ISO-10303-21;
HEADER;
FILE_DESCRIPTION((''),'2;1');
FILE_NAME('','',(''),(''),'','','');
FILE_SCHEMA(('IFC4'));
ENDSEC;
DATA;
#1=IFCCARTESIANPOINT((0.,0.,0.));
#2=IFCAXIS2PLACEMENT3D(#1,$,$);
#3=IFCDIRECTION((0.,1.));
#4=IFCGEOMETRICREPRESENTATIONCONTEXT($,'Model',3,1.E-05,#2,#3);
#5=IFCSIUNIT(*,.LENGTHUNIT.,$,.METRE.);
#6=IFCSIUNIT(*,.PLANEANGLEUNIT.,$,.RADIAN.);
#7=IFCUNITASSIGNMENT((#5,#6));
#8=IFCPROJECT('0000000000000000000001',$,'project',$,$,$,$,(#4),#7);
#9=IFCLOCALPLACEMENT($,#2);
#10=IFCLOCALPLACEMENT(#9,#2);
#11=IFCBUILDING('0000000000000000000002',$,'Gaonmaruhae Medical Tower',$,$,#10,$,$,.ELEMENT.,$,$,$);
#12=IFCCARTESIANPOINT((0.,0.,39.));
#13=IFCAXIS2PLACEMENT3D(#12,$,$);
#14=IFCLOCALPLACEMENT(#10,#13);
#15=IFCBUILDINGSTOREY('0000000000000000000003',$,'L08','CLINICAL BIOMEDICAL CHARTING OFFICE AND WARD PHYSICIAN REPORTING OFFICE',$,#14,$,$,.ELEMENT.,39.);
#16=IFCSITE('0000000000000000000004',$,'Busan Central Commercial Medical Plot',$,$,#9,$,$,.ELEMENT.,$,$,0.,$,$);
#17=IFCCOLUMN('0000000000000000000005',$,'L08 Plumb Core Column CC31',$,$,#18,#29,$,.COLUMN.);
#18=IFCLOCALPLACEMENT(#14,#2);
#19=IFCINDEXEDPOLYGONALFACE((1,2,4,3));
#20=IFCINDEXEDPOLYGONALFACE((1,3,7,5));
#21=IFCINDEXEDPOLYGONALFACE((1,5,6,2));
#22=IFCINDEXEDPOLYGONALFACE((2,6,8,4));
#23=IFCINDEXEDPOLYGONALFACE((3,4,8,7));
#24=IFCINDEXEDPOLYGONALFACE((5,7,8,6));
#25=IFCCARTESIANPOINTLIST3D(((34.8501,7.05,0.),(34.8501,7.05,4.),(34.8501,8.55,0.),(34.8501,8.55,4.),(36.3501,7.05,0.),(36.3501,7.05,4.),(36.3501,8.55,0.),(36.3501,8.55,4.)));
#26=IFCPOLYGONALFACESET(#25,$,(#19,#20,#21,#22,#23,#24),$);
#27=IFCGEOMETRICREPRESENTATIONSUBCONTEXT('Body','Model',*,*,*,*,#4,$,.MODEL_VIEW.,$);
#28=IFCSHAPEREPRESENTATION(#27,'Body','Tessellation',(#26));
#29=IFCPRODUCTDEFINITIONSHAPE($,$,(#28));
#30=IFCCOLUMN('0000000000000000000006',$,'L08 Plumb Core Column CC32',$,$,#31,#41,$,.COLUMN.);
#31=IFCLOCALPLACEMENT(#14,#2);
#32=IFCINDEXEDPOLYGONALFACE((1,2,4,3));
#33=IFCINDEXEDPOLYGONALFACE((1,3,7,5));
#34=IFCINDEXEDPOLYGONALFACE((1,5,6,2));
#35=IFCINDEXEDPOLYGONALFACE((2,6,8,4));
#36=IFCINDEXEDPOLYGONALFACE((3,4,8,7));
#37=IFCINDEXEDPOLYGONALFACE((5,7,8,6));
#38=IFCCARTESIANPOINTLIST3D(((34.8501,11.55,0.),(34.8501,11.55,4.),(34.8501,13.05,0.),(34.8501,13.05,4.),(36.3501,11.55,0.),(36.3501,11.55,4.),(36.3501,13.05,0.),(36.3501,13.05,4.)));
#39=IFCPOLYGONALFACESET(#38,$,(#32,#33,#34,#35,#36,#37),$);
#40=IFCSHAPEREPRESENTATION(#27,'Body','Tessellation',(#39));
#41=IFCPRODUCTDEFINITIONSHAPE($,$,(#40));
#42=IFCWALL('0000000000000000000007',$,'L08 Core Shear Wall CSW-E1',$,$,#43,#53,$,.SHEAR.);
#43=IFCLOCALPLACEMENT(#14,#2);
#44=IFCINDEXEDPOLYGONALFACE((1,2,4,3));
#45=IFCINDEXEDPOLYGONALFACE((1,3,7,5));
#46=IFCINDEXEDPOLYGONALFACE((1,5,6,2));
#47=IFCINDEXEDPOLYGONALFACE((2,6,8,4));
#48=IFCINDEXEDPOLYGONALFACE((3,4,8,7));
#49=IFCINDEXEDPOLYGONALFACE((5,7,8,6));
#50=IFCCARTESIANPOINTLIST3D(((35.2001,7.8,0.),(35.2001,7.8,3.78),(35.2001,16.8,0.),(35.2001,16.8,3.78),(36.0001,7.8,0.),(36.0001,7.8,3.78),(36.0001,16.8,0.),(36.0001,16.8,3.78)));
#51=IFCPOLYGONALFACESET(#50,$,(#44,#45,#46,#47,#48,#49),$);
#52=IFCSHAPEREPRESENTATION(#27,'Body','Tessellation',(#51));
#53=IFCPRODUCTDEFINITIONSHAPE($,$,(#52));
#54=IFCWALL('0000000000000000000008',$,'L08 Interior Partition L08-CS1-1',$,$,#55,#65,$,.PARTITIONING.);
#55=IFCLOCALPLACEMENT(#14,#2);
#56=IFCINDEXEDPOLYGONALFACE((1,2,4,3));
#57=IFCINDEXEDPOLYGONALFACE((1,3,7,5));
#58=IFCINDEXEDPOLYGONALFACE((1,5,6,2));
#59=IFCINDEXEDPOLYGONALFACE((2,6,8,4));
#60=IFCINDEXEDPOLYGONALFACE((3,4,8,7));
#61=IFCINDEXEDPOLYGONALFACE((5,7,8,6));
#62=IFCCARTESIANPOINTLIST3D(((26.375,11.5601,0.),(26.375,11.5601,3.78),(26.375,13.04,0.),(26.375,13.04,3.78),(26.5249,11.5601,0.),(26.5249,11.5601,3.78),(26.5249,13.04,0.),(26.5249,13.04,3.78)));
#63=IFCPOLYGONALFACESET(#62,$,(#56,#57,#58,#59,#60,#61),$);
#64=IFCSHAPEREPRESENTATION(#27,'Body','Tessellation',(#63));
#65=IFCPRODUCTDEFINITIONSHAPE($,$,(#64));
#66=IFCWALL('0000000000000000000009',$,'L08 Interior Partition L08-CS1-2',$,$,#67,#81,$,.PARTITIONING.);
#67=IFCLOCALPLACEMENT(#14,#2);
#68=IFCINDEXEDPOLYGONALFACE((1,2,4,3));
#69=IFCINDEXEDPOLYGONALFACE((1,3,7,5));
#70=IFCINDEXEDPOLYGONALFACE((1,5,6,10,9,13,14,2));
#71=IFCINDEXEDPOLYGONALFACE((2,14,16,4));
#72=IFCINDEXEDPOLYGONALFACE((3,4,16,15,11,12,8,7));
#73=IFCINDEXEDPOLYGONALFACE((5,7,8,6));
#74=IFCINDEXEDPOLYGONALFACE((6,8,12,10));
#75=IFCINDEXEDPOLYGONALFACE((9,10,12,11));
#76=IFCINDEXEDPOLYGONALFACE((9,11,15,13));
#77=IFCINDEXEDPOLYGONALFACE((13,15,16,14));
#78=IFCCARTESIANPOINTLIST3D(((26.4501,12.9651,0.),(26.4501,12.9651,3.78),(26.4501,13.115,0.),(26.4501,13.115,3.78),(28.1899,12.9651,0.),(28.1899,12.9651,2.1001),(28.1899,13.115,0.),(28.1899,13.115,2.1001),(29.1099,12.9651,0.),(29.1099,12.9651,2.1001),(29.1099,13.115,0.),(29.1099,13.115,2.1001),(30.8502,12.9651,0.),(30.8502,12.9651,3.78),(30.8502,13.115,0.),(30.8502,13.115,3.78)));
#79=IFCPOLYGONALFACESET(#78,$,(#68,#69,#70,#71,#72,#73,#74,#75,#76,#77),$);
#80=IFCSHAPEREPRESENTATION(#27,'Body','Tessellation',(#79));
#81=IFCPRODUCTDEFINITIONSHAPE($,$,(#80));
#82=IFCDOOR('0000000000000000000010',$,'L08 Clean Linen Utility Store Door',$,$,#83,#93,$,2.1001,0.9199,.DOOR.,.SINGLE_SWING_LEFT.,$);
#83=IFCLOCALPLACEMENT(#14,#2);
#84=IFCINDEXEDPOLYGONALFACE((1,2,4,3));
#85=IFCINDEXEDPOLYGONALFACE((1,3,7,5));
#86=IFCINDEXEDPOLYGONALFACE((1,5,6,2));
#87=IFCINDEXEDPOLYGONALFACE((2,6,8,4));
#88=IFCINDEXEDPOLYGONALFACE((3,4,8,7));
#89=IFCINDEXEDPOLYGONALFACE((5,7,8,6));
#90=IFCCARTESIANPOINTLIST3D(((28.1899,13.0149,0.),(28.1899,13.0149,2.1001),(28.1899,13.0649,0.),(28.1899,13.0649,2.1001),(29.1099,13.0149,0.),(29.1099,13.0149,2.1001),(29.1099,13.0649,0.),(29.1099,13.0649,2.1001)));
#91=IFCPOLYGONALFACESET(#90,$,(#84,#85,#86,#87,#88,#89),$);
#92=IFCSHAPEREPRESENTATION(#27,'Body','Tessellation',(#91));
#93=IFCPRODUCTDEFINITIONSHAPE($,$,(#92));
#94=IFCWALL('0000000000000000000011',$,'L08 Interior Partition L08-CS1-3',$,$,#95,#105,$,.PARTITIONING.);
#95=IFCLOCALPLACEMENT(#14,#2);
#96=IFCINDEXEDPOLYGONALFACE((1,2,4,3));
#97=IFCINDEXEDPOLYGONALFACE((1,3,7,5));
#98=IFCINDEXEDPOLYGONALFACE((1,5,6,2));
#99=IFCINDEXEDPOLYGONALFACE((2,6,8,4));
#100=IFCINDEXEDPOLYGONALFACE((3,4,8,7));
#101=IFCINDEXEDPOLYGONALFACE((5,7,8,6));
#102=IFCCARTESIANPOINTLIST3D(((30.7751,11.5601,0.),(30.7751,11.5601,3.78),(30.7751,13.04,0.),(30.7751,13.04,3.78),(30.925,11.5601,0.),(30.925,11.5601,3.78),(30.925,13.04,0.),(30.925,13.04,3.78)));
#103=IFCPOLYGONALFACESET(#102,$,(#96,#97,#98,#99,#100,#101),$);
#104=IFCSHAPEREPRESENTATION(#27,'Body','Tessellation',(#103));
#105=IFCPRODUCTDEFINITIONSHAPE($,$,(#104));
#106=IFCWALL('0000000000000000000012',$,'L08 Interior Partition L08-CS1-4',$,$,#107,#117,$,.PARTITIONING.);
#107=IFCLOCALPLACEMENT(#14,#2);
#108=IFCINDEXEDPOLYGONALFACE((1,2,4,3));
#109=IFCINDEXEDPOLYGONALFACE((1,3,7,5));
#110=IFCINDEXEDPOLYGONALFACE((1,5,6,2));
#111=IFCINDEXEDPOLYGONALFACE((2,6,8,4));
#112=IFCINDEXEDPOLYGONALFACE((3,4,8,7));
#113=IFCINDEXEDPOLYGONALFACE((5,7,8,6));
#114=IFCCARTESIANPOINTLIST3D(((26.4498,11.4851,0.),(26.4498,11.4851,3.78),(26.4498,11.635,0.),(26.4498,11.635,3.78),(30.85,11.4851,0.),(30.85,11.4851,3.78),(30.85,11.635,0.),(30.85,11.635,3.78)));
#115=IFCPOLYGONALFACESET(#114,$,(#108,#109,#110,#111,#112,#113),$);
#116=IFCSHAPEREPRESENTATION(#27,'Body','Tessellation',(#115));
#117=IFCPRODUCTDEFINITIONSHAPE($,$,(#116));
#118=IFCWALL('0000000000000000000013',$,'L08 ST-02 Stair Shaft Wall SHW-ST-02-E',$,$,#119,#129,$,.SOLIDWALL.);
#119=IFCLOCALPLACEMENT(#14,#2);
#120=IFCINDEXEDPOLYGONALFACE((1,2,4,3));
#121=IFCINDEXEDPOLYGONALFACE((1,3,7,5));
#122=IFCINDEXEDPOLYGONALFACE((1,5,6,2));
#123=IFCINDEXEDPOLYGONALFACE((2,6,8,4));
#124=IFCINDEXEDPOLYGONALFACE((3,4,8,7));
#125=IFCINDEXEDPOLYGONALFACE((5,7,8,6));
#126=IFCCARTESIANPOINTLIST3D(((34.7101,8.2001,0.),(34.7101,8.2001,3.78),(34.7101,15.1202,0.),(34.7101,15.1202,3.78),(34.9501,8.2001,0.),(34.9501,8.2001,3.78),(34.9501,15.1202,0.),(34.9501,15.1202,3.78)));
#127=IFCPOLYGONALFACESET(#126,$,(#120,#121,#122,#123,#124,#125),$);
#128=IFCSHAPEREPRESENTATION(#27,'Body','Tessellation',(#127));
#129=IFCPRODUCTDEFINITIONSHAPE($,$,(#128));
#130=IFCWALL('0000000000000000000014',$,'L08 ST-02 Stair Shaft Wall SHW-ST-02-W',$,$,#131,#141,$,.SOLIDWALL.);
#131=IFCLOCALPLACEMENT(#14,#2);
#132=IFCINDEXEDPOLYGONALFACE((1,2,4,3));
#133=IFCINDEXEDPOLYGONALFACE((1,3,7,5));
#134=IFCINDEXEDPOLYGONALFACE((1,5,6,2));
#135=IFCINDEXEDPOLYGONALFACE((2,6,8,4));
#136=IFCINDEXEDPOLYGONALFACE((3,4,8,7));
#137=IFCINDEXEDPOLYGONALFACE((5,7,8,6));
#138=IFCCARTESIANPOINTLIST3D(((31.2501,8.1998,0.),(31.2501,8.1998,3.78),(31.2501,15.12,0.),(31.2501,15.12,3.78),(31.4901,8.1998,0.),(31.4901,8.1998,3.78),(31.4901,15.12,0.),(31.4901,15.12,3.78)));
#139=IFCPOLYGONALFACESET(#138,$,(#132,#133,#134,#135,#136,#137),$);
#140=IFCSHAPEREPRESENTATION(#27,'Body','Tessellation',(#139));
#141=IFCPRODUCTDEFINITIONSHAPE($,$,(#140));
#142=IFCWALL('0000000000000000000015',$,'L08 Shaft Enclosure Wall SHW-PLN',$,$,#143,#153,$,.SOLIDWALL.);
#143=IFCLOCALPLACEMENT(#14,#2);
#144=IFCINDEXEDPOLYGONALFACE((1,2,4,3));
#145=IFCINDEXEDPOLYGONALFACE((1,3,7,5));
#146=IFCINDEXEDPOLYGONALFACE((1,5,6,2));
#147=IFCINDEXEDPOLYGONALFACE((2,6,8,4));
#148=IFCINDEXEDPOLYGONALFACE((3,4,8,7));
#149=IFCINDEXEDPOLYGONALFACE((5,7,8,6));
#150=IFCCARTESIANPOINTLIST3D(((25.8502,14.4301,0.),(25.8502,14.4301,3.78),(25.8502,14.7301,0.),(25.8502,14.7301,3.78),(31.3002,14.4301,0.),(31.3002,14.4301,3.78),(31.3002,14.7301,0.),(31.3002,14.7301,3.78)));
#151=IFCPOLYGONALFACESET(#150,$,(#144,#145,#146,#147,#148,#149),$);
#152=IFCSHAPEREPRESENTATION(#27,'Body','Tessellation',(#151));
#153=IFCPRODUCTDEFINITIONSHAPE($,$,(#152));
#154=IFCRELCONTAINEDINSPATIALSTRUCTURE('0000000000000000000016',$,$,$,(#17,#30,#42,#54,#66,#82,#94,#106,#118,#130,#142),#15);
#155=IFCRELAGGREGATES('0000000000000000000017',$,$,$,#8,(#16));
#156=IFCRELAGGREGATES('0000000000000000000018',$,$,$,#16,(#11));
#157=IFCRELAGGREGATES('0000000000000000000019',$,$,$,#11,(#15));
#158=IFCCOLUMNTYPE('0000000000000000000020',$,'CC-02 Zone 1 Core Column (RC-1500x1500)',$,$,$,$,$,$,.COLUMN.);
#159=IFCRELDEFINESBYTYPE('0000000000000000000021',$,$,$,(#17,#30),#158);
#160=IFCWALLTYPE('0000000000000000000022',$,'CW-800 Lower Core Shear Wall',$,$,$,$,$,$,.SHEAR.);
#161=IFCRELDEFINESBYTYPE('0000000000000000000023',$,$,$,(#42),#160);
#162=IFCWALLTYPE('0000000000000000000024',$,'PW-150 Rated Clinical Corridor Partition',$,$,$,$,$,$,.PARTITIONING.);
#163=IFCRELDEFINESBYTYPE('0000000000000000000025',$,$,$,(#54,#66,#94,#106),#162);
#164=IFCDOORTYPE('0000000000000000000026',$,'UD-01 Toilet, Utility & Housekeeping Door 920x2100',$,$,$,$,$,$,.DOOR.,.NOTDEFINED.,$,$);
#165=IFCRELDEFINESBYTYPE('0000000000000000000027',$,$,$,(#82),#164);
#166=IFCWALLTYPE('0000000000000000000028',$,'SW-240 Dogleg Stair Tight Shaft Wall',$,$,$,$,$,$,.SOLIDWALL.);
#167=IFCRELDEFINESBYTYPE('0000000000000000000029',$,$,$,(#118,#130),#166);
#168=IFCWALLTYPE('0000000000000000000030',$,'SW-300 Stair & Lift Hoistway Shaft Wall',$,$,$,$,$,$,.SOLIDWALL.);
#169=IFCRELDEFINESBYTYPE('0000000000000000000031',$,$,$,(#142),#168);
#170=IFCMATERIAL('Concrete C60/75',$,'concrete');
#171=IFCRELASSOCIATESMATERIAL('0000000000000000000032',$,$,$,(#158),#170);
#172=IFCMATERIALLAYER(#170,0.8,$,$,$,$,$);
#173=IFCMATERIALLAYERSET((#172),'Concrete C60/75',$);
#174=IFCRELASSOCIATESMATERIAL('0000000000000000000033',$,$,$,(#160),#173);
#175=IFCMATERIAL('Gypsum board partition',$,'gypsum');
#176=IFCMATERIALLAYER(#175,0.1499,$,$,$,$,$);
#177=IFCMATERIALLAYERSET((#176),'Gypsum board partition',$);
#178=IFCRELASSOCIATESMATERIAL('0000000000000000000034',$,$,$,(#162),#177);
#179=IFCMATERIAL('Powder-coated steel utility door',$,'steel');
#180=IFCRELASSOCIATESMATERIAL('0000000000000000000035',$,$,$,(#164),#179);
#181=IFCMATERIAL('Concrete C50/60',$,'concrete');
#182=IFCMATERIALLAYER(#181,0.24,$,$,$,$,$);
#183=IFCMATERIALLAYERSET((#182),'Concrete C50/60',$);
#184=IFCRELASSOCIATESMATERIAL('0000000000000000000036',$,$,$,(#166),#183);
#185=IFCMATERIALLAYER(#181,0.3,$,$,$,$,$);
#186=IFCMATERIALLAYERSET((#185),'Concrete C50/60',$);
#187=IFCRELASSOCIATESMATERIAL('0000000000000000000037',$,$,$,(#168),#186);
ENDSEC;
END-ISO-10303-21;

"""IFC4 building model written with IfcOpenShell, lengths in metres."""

from ifc_helpers import new_model, si_unit, direction, frame, frame_2d, origin, origin_2d, place, context, subcontext, project, spatial, rectangle, extrude, material, layer, layer_set, material_profile, profile_set, type_object, element, fill, save


model = new_model("IFC4")

# Units and contexts
model_context = context("Model", 3, precision=1e-05, world=origin(), true_north=direction((0.0, 1.0)))
body_context = subcontext(model_context, "Body", "Model", "MODEL_VIEW")
ifc_project = project(units=[si_unit("LENGTHUNIT", "METRE"), si_unit("PLANEANGLEUNIT", "RADIAN")], contexts=[model_context])

# Site, building, storey
site_placement = place(None, origin())
site = spatial("IfcSite", under=ifc_project, at=site_placement, Name="Busan Central Commercial Medical Plot", CompositionType="ELEMENT", RefElevation=0.0)
building_placement = place(site_placement, origin())
building = spatial("IfcBuilding", under=site, at=building_placement, Name="Gaonmaruhae Medical Tower", CompositionType="ELEMENT")
storey_placement = place(building_placement, frame((0.0, 0.0, 39.0)))
storey = spatial("IfcBuildingStorey", under=building, at=storey_placement, Name="L08", Description="CLINICAL BIOMEDICAL CHARTING OFFICE AND WARD PHYSICIAN REPORTING OFFICE", CompositionType="ELEMENT", Elevation=39.0)

# Columns
ifc_material_1 = material(Name="Concrete C60/75", Category="concrete")
ifc_material_profile = material_profile(ifc_material_1, rectangle(XDim=1.5, YDim=1.5, at=origin_2d()), Name="RC-1500x1500")
ifc_profile_set = profile_set([ifc_material_profile], Name="Concrete C60/75")
column_type = type_object("IfcColumnType", Name="CC-02 Zone 1 Core Column (RC-1500x1500)", PredefinedType="COLUMN", material=ifc_profile_set)
for number, where, z_axis, x_axis, name in (
    (1, (35.6001, 7.8, 0.0), (0.0, 0.0, 1.0), (1.0, 0.0, 0.0), "L08 Plumb Core Column CC31"),
    (2, (35.6001, 12.3, 0.0), (0.0, 0.0, 1.0), (1.0, 0.0, 0.0), "L08 Plumb Core Column CC32"),
):
    element("IfcColumn", number, at=place(storey_placement, frame(where, z_axis=z_axis, x_axis=x_axis)), inside=storey, type_object=column_type, Name=name, PredefinedType="COLUMN", context=body_context, shape_type="SweptSolid", body=[
        extrude(rectangle(XDim=1.5, YDim=1.5, at=origin_2d()), origin(), (0.0, 0.0, 1.0), 4.0),
    ])

# Walls
ifc_layer_1 = layer(ifc_material_1, 0.8)
ifc_layer_set_1 = layer_set([ifc_layer_1], Name="Concrete C60/75")
wall_type_1 = type_object("IfcWallType", Name="CW-800 Lower Core Shear Wall", PredefinedType="SHEAR", material=ifc_layer_set_1)
wall_1_placement = place(storey_placement, frame((35.6001, 7.8, 0.0), z_axis=(0.0, 0.0, 1.0), x_axis=(0.0, 1.0, 0.0)))
element("IfcWall", 3, at=wall_1_placement, inside=storey, type_object=wall_type_1, Name="L08 Core Shear Wall CSW-E1", PredefinedType="SHEAR", context=body_context, shape_type="SweptSolid", body=[
    extrude(rectangle(XDim=9.0, YDim=0.8, at=frame_2d((4.5, 0.0))), origin(), (0.0, 0.0, 1.0), 3.78),
])
ifc_material_2 = material(Name="Gypsum board partition", Category="gypsum")
ifc_layer_2 = layer(ifc_material_2, 0.1499)
ifc_layer_set_2 = layer_set([ifc_layer_2], Name="Gypsum board partition")
wall_type_2 = type_object("IfcWallType", Name="PW-150 Rated Clinical Corridor Partition", PredefinedType="PARTITIONING", material=ifc_layer_set_2)
wall_2_placement = place(storey_placement, frame((26.45, 11.5601, 0.0), z_axis=(0.0, 0.0, 1.0), x_axis=(0.0, 1.0, 0.0)))
element("IfcWall", 4, at=wall_2_placement, inside=storey, type_object=wall_type_2, Name="L08 Interior Partition L08-CS1-1", PredefinedType="PARTITIONING", context=body_context, shape_type="SweptSolid", body=[
    extrude(rectangle(XDim=1.48, YDim=0.1499, at=frame_2d((0.74, 0.0))), origin(), (0.0, 0.0, 1.0), 3.78),
])

# Wall, opening, door
wall_3_placement = place(storey_placement, frame((26.45, 13.04, 0.0), z_axis=(0.0, 0.0, 1.0), x_axis=(1.0, 0.0, 0.0)))
wall_3 = element("IfcWall", 5, at=wall_3_placement, inside=storey, type_object=wall_type_2, Name="L08 Interior Partition L08-CS1-2", PredefinedType="PARTITIONING", context=body_context, shape_type="SweptSolid", body=[
    extrude(rectangle(XDim=4.4001, YDim=0.1499, at=frame_2d((2.2002, 0.0))), origin(), (0.0, 0.0, 1.0), 3.78),
])
opening_1_placement = place(wall_3_placement, frame((1.74, 0.0, 0.0)))
opening_1 = element("IfcOpeningElement", 6, at=opening_1_placement, cuts=wall_3, PredefinedType="OPENING", context=body_context, shape_type="SweptSolid", body=[
    extrude(rectangle(XDim=0.9199, YDim=2.1001, at=frame_2d((0.46, 1.05))), frame((0.0, 0.085, 0.0), z_axis=(0.0, -1.0, 0.0), x_axis=(1.0, 0.0, 0.0)), (0.0, 0.0, 1.0), 0.1699),
])
ifc_material_3 = material(Name="Powder-coated steel utility door", Category="steel")
door_type_1 = type_object("IfcDoorType", Name="UD-01 Toilet, Utility & Housekeeping Door 920x2100", OperationType="NOTDEFINED", PredefinedType="DOOR", material=ifc_material_3)
door_1_placement = place(opening_1_placement, origin())
door_1 = element("IfcDoor", 7, at=door_1_placement, inside=storey, type_object=door_type_1, Name="L08 Clean Linen Utility Store Door", OperationType="SINGLE_SWING_LEFT", OverallHeight=2.1001, OverallWidth=0.9199, PredefinedType="DOOR", context=body_context, shape_type="SweptSolid", body=[
    extrude(rectangle(XDim=0.9199, YDim=2.1001, at=frame_2d((0.46, 1.05))), frame((0.0, 0.0249, 0.0), z_axis=(0.0, -1.0, 0.0), x_axis=(1.0, 0.0, 0.0)), (0.0, 0.0, 1.0), 0.05),
])
fill(opening_1, door_1)

# Walls
wall_4_placement = place(storey_placement, frame((30.8501, 13.04, 0.0), z_axis=(0.0, 0.0, 1.0), x_axis=(0.0, -1.0, 0.0)))
element("IfcWall", 8, at=wall_4_placement, inside=storey, type_object=wall_type_2, Name="L08 Interior Partition L08-CS1-3", PredefinedType="PARTITIONING", context=body_context, shape_type="SweptSolid", body=[
    extrude(rectangle(XDim=1.48, YDim=0.1499, at=frame_2d((0.74, 0.0))), origin(), (0.0, 0.0, 1.0), 3.78),
])
wall_5_placement = place(storey_placement, frame((30.8501, 11.5601, 0.0), z_axis=(0.0, 0.0, 1.0), x_axis=(-1.0, 0.0, 0.0)))
element("IfcWall", 9, at=wall_5_placement, inside=storey, type_object=wall_type_2, Name="L08 Interior Partition L08-CS1-4", PredefinedType="PARTITIONING", context=body_context, shape_type="SweptSolid", body=[
    extrude(rectangle(XDim=4.4001, YDim=0.1499, at=frame_2d((2.2002, 0.0))), origin(), (0.0, 0.0, 1.0), 3.78),
])

# Shared definitions
ifc_material_4 = material(Name="Concrete C50/60", Category="concrete")
ifc_layer_3 = layer(ifc_material_4, 0.24)
ifc_layer_set_3 = layer_set([ifc_layer_3], Name="Concrete C50/60")
wall_type_3 = type_object("IfcWallType", Name="SW-240 Dogleg Stair Tight Shaft Wall", PredefinedType="SOLIDWALL", material=ifc_layer_set_3)

# Walls
for number, where, z_axis, x_axis, name in (
    (10, (34.8301, 15.1201, 0.0), (0.0, 0.0, 1.0), (0.0, -1.0, 0.0), "L08 ST-02 Stair Shaft Wall SHW-ST-02-E"),
    (11, (31.3701, 8.2, 0.0), (0.0, 0.0, 1.0), (0.0, 1.0, 0.0), "L08 ST-02 Stair Shaft Wall SHW-ST-02-W"),
):
    element("IfcWall", number, at=place(storey_placement, frame(where, z_axis=z_axis, x_axis=x_axis)), inside=storey, type_object=wall_type_3, Name=name, PredefinedType="SOLIDWALL", context=body_context, shape_type="SweptSolid", body=[
        extrude(rectangle(XDim=6.9202, YDim=0.24, at=frame_2d((3.46, 0.0))), origin(), (0.0, 0.0, 1.0), 3.78),
    ])

# Shared definitions
ifc_layer_4 = layer(ifc_material_4, 0.3)
ifc_layer_set_4 = layer_set([ifc_layer_4], Name="Concrete C50/60")
wall_type_4 = type_object("IfcWallType", Name="SW-300 Stair & Lift Hoistway Shaft Wall", PredefinedType="SOLIDWALL", material=ifc_layer_set_4)

# Wall
wall_6_placement = place(storey_placement, frame((25.8501, 14.5801, 0.0), z_axis=(0.0, 0.0, 1.0), x_axis=(1.0, 0.0, 0.0)))
element("IfcWall", 12, at=wall_6_placement, inside=storey, type_object=wall_type_4, Name="L08 Shaft Enclosure Wall SHW-PLN", PredefinedType="SOLIDWALL", context=body_context, shape_type="SweptSolid", body=[
    extrude(rectangle(XDim=5.45, YDim=0.3, at=frame_2d((2.7251, 0.0))), origin(), (0.0, 0.0, 1.0), 3.78),
])

save(model, "model.ifc")
